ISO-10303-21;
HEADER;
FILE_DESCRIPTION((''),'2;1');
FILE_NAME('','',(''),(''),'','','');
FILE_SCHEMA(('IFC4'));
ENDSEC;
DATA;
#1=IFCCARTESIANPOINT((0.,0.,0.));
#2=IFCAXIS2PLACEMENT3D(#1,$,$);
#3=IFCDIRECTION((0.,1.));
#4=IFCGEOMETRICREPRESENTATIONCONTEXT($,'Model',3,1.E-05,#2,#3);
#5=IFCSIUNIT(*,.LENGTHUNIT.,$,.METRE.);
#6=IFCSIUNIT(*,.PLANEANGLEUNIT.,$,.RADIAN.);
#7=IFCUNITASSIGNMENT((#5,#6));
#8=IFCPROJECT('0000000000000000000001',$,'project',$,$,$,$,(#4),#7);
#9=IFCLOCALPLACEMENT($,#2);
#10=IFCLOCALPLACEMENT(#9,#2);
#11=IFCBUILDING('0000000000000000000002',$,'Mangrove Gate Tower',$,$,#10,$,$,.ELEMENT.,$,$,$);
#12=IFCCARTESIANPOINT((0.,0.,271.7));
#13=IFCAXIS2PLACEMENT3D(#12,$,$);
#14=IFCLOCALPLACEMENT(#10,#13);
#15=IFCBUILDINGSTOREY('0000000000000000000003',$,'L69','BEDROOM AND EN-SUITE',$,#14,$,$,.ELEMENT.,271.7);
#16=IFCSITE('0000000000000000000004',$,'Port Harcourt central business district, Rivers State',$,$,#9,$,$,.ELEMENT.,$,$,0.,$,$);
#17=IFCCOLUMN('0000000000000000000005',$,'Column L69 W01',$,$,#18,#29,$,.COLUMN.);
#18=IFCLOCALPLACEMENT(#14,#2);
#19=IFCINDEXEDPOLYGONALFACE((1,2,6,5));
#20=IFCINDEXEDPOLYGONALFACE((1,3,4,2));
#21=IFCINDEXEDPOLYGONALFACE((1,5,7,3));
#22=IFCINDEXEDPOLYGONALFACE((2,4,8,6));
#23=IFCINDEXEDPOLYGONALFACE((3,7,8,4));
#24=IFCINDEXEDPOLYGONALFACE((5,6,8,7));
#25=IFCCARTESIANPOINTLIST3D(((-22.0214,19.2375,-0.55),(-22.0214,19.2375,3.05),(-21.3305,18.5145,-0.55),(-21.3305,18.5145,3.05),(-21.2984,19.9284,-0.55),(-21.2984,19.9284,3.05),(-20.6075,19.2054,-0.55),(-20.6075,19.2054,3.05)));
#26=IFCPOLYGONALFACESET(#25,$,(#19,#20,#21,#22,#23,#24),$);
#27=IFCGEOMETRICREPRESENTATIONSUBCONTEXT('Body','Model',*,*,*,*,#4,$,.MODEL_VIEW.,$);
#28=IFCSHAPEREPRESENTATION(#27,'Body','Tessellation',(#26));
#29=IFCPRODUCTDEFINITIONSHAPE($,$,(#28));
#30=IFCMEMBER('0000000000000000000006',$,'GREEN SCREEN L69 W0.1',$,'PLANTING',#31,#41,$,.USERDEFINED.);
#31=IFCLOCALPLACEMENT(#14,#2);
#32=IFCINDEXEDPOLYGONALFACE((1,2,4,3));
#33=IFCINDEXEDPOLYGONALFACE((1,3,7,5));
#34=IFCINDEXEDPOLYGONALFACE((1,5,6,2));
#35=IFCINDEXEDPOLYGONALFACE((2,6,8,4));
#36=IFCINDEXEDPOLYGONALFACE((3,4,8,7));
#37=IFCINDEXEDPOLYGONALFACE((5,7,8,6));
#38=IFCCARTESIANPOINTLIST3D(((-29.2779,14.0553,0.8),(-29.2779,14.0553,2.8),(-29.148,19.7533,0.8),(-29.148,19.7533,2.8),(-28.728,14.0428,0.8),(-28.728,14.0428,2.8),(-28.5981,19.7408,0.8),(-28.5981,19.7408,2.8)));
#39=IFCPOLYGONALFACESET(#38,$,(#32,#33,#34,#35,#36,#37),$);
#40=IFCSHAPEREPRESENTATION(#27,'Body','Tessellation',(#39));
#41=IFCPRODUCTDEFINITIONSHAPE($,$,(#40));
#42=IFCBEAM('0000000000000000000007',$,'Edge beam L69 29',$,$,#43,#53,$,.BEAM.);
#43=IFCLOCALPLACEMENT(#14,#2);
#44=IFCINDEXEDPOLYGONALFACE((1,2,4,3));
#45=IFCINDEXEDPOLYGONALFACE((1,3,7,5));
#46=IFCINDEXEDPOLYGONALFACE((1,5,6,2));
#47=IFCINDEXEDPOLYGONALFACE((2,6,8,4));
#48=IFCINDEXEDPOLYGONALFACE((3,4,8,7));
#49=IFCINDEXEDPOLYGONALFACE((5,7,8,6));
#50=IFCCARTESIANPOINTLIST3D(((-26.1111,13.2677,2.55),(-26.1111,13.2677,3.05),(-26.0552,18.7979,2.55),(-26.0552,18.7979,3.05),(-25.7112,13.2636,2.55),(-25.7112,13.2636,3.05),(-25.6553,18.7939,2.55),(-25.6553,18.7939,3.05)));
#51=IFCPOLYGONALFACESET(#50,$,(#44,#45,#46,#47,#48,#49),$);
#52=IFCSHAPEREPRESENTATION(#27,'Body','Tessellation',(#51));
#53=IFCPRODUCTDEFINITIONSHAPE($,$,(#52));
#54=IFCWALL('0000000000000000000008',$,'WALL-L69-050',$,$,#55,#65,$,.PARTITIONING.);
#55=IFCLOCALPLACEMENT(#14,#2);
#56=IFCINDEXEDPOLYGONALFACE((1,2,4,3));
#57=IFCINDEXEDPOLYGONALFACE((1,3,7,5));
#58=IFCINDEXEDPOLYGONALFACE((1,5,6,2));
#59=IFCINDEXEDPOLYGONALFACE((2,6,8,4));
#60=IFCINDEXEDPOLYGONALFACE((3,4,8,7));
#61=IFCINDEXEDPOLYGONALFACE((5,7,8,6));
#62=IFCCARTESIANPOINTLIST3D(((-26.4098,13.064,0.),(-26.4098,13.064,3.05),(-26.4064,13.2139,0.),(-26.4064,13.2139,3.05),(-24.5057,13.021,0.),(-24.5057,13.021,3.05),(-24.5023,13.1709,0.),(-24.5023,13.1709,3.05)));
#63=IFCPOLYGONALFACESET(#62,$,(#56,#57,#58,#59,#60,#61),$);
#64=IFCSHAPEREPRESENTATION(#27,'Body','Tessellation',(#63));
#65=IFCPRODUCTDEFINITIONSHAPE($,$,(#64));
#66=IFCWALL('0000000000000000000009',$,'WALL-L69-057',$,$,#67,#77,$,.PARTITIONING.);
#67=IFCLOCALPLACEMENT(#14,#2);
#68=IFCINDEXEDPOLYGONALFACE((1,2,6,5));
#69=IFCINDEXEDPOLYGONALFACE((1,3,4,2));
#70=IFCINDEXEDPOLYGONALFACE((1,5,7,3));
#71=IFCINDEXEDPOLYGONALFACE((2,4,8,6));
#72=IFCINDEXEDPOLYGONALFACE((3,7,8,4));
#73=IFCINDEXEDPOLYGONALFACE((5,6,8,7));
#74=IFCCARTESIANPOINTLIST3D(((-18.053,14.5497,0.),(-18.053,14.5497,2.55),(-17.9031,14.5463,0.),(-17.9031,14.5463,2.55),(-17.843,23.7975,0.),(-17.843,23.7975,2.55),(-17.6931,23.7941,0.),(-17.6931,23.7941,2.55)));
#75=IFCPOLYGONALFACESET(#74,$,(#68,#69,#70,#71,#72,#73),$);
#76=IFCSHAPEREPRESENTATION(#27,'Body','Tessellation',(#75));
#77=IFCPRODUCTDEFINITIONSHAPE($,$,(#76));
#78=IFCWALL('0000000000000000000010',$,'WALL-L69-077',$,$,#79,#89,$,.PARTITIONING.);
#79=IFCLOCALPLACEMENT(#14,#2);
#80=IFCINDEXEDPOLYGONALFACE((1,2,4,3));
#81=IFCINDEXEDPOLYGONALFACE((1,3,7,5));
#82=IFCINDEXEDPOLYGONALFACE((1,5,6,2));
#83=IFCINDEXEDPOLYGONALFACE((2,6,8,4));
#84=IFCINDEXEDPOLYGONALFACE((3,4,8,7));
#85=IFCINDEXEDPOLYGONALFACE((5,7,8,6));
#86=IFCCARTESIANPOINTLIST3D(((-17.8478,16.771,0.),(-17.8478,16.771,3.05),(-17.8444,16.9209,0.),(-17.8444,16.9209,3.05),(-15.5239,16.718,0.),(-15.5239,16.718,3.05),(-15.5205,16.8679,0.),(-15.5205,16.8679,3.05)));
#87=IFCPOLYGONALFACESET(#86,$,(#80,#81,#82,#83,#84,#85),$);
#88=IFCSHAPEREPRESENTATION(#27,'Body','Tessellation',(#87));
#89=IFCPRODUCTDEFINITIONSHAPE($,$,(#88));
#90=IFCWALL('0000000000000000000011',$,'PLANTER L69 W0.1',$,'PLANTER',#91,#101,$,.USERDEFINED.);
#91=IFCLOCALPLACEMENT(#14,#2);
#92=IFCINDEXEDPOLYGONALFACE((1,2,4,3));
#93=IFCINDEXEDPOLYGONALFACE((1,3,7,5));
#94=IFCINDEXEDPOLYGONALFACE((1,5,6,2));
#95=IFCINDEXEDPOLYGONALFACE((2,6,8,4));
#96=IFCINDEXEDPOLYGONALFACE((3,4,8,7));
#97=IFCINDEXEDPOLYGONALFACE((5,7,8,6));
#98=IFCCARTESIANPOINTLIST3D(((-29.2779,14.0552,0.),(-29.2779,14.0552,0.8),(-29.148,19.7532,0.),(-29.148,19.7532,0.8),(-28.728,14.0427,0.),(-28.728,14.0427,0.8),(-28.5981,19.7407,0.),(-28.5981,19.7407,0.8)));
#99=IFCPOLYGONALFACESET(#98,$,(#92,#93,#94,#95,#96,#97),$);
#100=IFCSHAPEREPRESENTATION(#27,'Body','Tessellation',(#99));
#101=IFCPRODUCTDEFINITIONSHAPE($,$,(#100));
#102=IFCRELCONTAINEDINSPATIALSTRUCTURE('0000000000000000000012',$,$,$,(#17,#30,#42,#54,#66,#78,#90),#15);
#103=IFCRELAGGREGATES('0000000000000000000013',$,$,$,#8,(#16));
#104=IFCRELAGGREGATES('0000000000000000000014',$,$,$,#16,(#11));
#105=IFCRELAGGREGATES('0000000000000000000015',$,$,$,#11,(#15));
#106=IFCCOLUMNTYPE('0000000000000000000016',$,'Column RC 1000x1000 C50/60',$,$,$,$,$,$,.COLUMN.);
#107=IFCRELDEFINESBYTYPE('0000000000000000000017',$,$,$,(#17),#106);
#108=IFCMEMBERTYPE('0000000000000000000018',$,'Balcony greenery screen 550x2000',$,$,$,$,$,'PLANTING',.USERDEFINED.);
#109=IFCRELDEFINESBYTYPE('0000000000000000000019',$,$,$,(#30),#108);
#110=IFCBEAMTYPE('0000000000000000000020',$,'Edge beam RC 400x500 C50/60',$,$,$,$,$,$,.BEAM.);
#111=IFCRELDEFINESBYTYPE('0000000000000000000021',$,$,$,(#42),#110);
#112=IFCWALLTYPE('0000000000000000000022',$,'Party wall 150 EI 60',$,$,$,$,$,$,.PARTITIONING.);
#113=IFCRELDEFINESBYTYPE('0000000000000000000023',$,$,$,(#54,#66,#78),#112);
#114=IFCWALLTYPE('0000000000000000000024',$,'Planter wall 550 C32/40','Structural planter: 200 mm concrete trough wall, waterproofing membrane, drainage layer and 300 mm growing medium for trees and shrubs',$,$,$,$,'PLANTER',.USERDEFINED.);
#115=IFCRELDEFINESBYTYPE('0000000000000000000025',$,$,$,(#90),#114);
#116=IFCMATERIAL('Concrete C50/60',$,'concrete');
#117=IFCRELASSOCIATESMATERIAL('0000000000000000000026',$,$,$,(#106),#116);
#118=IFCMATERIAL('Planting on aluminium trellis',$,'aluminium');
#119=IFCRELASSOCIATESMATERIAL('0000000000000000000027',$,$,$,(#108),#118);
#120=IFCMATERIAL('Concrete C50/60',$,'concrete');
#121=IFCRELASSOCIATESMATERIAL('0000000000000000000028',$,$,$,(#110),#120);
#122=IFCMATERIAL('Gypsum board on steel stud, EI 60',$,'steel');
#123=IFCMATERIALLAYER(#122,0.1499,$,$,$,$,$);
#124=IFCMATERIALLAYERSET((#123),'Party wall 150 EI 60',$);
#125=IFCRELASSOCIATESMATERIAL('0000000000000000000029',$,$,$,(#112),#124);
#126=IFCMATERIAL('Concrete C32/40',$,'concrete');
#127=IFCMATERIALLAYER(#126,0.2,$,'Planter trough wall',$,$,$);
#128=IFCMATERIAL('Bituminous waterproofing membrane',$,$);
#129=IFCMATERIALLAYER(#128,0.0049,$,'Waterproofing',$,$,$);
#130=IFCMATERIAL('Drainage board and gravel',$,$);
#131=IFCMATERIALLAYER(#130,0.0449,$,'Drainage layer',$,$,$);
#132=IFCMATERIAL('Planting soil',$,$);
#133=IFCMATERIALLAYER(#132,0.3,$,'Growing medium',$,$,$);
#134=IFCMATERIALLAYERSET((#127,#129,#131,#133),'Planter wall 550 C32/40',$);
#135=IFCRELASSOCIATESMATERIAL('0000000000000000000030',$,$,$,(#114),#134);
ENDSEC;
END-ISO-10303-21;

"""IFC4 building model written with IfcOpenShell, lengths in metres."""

from ifc_helpers import new_model, si_unit, direction, frame, frame_2d, origin, origin_2d, place, context, subcontext, project, spatial, rectangle, extrude, material, layer, layer_set, material_profile, profile_set, type_object, element, save


model = new_model("IFC4")

# Units and contexts
model_context = context("Model", 3, precision=1e-05, world=origin(), true_north=direction((0.0, 1.0)))
body_context = subcontext(model_context, "Body", "Model", "MODEL_VIEW")
ifc_project = project(units=[si_unit("LENGTHUNIT", "METRE"), si_unit("PLANEANGLEUNIT", "RADIAN")], contexts=[model_context])

# Site, building, storey
site_placement = place(None, origin())
site = spatial("IfcSite", under=ifc_project, at=site_placement, Name="Port Harcourt central business district, Rivers State", CompositionType="ELEMENT", RefElevation=0.0)
building_placement = place(site_placement, origin())
building = spatial("IfcBuilding", under=site, at=building_placement, Name="Mangrove Gate Tower", CompositionType="ELEMENT")
storey_placement = place(building_placement, frame((0.0, 0.0, 271.7)))
storey = spatial("IfcBuildingStorey", under=building, at=storey_placement, Name="L69", Description="BEDROOM AND EN-SUITE", CompositionType="ELEMENT", Elevation=271.7)

# Column
ifc_material_1 = material(Name="Concrete C50/60", Category="concrete")
ifc_material_profile_1 = material_profile(ifc_material_1, rectangle(XDim=1.0, YDim=1.0, at=origin_2d()))
ifc_profile_set_1 = profile_set([ifc_material_profile_1], Name="Concrete C50/60")
column_type = type_object("IfcColumnType", Name="Column RC 1000x1000 C50/60", PredefinedType="COLUMN", material=ifc_profile_set_1)
column_placement = place(storey_placement, frame((-21.3145, 19.2214, -0.55), z_axis=(0.0, 0.0, 1.0), x_axis=(-0.722989, -0.69086, 0.0)))
element("IfcColumn", 1, at=column_placement, inside=storey, type_object=column_type, Name="Column L69 W01", PredefinedType="COLUMN", context=body_context, shape_type="SweptSolid", body=[
    extrude(rectangle(XDim=1.0, YDim=1.0, at=origin_2d()), origin(), (0.0, 0.0, 1.0), 3.6001),
])

# Member
ifc_material_2 = material(Name="Planting on aluminium trellis", Category="aluminium")
ifc_material_profile_2 = material_profile(ifc_material_2, rectangle(XDim=0.55, YDim=2.0, at=origin_2d()))
ifc_profile_set_2 = profile_set([ifc_material_profile_2], Name="Planting on aluminium trellis")
member_type = type_object("IfcMemberType", Name="Balcony greenery screen 550x2000", ElementType="PLANTING", PredefinedType="USERDEFINED", material=ifc_profile_set_2)
member_placement = place(storey_placement, frame((-29.0029, 14.0491, 1.8), z_axis=(0.022789, 0.99974, 0.0), x_axis=(-0.99974, 0.022789, 0.0)))
element("IfcMember", 2, at=member_placement, inside=storey, type_object=member_type, Name="GREEN SCREEN L69 W0.1", ObjectType="PLANTING", PredefinedType="USERDEFINED", context=body_context, shape_type="SweptSolid", body=[
    extrude(rectangle(XDim=0.55, YDim=2.0, at=origin_2d()), origin(), (0.0, 0.0, 1.0), 5.6995),
])

# Beam
ifc_material_3 = material(Name="Concrete C50/60", Category="concrete")
ifc_material_profile_3 = material_profile(ifc_material_3, rectangle(XDim=0.3999, YDim=0.5, at=origin_2d()))
ifc_profile_set_3 = profile_set([ifc_material_profile_3], Name="Concrete C50/60")
beam_type = type_object("IfcBeamType", Name="Edge beam RC 400x500 C50/60", PredefinedType="BEAM", material=ifc_profile_set_3)
beam_placement = place(storey_placement, frame((-25.8552, 18.7959, 2.8), z_axis=(-0.010109, -0.999949, 0.0), x_axis=(0.999949, -0.010109, 0.0)))
element("IfcBeam", 3, at=beam_placement, inside=storey, type_object=beam_type, Name="Edge beam L69 29", PredefinedType="BEAM", context=body_context, shape_type="SweptSolid", body=[
    extrude(rectangle(XDim=0.3999, YDim=0.5, at=origin_2d()), origin(), (0.0, 0.0, 1.0), 5.5305),
])

# Walls
ifc_material_4 = material(Name="Gypsum board on steel stud, EI 60", Category="steel")
ifc_layer_1 = layer(ifc_material_4, 0.1499)
ifc_layer_set_1 = layer_set([ifc_layer_1], Name="Party wall 150 EI 60")
wall_type_1 = type_object("IfcWallType", Name="Party wall 150 EI 60", PredefinedType="PARTITIONING", material=ifc_layer_set_1)
wall_1_placement = place(storey_placement, frame((-26.408, 13.1389, 0.0), z_axis=(0.0, 0.0, 1.0), x_axis=(0.999745, -0.022561, 0.0)))
element("IfcWall", 4, at=wall_1_placement, inside=storey, type_object=wall_type_1, Name="WALL-L69-050", PredefinedType="PARTITIONING", context=body_context, shape_type="SweptSolid", body=[
    extrude(rectangle(XDim=1.9045, YDim=0.1499, at=frame_2d((0.9521, 0.0))), origin(), (0.0, 0.0, 1.0), 3.05),
])
wall_2_placement = place(storey_placement, frame((-17.978, 14.5481, 0.0), z_axis=(0.0, 0.0, 1.0), x_axis=(0.022698, 0.999742, 0.0)))
element("IfcWall", 5, at=wall_2_placement, inside=storey, type_object=wall_type_1, Name="WALL-L69-057", PredefinedType="PARTITIONING", context=body_context, shape_type="SweptSolid", body=[
    extrude(rectangle(XDim=9.2502, YDim=0.1499, at=frame_2d((4.625, 0.0))), origin(), (0.0, 0.0, 1.0), 2.55),
])
wall_3_placement = place(storey_placement, frame((-17.8459, 16.8459, 0.0), z_axis=(0.0, 0.0, 1.0), x_axis=(0.99974, -0.022791, 0.0)))
element("IfcWall", 6, at=wall_3_placement, inside=storey, type_object=wall_type_1, Name="WALL-L69-077", PredefinedType="PARTITIONING", context=body_context, shape_type="SweptSolid", body=[
    extrude(rectangle(XDim=2.3245, YDim=0.1499, at=frame_2d((1.1621, 0.0))), origin(), (0.0, 0.0, 1.0), 3.05),
])
ifc_material_5 = material(Name="Concrete C32/40", Category="concrete")
ifc_layer_2 = layer(ifc_material_5, 0.2, Name="Planter trough wall")
ifc_material_6 = material(Name="Bituminous waterproofing membrane")
ifc_layer_3 = layer(ifc_material_6, 0.0049, Name="Waterproofing")
ifc_material_7 = material(Name="Drainage board and gravel")
ifc_layer_4 = layer(ifc_material_7, 0.0449, Name="Drainage layer")
ifc_material_8 = material(Name="Planting soil")
ifc_layer_5 = layer(ifc_material_8, 0.3, Name="Growing medium")
ifc_layer_set_2 = layer_set([ifc_layer_2, ifc_layer_3, ifc_layer_4, ifc_layer_5], Name="Planter wall 550 C32/40")
wall_type_2 = type_object("IfcWallType", Name="Planter wall 550 C32/40", Description="Structural planter: 200 mm concrete trough wall, waterproofing membrane, drainage layer and 300 mm growing medium for trees and shrubs", ElementType="PLANTER", PredefinedType="USERDEFINED", material=ifc_layer_set_2)
wall_4_placement = place(storey_placement, frame((-29.0029, 14.0491, 0.0), z_axis=(0.0, 0.0, 1.0), x_axis=(0.022789, 0.99974, 0.0)))
element("IfcWall", 7, at=wall_4_placement, inside=storey, type_object=wall_type_2, Name="PLANTER L69 W0.1", ObjectType="PLANTER", PredefinedType="USERDEFINED", context=body_context, shape_type="SweptSolid", body=[
    extrude(rectangle(XDim=5.6995, YDim=0.55, at=frame_2d((2.8496, 0.0))), origin(), (0.0, 0.0, 1.0), 0.8),
])

save(model, "model.ifc")
